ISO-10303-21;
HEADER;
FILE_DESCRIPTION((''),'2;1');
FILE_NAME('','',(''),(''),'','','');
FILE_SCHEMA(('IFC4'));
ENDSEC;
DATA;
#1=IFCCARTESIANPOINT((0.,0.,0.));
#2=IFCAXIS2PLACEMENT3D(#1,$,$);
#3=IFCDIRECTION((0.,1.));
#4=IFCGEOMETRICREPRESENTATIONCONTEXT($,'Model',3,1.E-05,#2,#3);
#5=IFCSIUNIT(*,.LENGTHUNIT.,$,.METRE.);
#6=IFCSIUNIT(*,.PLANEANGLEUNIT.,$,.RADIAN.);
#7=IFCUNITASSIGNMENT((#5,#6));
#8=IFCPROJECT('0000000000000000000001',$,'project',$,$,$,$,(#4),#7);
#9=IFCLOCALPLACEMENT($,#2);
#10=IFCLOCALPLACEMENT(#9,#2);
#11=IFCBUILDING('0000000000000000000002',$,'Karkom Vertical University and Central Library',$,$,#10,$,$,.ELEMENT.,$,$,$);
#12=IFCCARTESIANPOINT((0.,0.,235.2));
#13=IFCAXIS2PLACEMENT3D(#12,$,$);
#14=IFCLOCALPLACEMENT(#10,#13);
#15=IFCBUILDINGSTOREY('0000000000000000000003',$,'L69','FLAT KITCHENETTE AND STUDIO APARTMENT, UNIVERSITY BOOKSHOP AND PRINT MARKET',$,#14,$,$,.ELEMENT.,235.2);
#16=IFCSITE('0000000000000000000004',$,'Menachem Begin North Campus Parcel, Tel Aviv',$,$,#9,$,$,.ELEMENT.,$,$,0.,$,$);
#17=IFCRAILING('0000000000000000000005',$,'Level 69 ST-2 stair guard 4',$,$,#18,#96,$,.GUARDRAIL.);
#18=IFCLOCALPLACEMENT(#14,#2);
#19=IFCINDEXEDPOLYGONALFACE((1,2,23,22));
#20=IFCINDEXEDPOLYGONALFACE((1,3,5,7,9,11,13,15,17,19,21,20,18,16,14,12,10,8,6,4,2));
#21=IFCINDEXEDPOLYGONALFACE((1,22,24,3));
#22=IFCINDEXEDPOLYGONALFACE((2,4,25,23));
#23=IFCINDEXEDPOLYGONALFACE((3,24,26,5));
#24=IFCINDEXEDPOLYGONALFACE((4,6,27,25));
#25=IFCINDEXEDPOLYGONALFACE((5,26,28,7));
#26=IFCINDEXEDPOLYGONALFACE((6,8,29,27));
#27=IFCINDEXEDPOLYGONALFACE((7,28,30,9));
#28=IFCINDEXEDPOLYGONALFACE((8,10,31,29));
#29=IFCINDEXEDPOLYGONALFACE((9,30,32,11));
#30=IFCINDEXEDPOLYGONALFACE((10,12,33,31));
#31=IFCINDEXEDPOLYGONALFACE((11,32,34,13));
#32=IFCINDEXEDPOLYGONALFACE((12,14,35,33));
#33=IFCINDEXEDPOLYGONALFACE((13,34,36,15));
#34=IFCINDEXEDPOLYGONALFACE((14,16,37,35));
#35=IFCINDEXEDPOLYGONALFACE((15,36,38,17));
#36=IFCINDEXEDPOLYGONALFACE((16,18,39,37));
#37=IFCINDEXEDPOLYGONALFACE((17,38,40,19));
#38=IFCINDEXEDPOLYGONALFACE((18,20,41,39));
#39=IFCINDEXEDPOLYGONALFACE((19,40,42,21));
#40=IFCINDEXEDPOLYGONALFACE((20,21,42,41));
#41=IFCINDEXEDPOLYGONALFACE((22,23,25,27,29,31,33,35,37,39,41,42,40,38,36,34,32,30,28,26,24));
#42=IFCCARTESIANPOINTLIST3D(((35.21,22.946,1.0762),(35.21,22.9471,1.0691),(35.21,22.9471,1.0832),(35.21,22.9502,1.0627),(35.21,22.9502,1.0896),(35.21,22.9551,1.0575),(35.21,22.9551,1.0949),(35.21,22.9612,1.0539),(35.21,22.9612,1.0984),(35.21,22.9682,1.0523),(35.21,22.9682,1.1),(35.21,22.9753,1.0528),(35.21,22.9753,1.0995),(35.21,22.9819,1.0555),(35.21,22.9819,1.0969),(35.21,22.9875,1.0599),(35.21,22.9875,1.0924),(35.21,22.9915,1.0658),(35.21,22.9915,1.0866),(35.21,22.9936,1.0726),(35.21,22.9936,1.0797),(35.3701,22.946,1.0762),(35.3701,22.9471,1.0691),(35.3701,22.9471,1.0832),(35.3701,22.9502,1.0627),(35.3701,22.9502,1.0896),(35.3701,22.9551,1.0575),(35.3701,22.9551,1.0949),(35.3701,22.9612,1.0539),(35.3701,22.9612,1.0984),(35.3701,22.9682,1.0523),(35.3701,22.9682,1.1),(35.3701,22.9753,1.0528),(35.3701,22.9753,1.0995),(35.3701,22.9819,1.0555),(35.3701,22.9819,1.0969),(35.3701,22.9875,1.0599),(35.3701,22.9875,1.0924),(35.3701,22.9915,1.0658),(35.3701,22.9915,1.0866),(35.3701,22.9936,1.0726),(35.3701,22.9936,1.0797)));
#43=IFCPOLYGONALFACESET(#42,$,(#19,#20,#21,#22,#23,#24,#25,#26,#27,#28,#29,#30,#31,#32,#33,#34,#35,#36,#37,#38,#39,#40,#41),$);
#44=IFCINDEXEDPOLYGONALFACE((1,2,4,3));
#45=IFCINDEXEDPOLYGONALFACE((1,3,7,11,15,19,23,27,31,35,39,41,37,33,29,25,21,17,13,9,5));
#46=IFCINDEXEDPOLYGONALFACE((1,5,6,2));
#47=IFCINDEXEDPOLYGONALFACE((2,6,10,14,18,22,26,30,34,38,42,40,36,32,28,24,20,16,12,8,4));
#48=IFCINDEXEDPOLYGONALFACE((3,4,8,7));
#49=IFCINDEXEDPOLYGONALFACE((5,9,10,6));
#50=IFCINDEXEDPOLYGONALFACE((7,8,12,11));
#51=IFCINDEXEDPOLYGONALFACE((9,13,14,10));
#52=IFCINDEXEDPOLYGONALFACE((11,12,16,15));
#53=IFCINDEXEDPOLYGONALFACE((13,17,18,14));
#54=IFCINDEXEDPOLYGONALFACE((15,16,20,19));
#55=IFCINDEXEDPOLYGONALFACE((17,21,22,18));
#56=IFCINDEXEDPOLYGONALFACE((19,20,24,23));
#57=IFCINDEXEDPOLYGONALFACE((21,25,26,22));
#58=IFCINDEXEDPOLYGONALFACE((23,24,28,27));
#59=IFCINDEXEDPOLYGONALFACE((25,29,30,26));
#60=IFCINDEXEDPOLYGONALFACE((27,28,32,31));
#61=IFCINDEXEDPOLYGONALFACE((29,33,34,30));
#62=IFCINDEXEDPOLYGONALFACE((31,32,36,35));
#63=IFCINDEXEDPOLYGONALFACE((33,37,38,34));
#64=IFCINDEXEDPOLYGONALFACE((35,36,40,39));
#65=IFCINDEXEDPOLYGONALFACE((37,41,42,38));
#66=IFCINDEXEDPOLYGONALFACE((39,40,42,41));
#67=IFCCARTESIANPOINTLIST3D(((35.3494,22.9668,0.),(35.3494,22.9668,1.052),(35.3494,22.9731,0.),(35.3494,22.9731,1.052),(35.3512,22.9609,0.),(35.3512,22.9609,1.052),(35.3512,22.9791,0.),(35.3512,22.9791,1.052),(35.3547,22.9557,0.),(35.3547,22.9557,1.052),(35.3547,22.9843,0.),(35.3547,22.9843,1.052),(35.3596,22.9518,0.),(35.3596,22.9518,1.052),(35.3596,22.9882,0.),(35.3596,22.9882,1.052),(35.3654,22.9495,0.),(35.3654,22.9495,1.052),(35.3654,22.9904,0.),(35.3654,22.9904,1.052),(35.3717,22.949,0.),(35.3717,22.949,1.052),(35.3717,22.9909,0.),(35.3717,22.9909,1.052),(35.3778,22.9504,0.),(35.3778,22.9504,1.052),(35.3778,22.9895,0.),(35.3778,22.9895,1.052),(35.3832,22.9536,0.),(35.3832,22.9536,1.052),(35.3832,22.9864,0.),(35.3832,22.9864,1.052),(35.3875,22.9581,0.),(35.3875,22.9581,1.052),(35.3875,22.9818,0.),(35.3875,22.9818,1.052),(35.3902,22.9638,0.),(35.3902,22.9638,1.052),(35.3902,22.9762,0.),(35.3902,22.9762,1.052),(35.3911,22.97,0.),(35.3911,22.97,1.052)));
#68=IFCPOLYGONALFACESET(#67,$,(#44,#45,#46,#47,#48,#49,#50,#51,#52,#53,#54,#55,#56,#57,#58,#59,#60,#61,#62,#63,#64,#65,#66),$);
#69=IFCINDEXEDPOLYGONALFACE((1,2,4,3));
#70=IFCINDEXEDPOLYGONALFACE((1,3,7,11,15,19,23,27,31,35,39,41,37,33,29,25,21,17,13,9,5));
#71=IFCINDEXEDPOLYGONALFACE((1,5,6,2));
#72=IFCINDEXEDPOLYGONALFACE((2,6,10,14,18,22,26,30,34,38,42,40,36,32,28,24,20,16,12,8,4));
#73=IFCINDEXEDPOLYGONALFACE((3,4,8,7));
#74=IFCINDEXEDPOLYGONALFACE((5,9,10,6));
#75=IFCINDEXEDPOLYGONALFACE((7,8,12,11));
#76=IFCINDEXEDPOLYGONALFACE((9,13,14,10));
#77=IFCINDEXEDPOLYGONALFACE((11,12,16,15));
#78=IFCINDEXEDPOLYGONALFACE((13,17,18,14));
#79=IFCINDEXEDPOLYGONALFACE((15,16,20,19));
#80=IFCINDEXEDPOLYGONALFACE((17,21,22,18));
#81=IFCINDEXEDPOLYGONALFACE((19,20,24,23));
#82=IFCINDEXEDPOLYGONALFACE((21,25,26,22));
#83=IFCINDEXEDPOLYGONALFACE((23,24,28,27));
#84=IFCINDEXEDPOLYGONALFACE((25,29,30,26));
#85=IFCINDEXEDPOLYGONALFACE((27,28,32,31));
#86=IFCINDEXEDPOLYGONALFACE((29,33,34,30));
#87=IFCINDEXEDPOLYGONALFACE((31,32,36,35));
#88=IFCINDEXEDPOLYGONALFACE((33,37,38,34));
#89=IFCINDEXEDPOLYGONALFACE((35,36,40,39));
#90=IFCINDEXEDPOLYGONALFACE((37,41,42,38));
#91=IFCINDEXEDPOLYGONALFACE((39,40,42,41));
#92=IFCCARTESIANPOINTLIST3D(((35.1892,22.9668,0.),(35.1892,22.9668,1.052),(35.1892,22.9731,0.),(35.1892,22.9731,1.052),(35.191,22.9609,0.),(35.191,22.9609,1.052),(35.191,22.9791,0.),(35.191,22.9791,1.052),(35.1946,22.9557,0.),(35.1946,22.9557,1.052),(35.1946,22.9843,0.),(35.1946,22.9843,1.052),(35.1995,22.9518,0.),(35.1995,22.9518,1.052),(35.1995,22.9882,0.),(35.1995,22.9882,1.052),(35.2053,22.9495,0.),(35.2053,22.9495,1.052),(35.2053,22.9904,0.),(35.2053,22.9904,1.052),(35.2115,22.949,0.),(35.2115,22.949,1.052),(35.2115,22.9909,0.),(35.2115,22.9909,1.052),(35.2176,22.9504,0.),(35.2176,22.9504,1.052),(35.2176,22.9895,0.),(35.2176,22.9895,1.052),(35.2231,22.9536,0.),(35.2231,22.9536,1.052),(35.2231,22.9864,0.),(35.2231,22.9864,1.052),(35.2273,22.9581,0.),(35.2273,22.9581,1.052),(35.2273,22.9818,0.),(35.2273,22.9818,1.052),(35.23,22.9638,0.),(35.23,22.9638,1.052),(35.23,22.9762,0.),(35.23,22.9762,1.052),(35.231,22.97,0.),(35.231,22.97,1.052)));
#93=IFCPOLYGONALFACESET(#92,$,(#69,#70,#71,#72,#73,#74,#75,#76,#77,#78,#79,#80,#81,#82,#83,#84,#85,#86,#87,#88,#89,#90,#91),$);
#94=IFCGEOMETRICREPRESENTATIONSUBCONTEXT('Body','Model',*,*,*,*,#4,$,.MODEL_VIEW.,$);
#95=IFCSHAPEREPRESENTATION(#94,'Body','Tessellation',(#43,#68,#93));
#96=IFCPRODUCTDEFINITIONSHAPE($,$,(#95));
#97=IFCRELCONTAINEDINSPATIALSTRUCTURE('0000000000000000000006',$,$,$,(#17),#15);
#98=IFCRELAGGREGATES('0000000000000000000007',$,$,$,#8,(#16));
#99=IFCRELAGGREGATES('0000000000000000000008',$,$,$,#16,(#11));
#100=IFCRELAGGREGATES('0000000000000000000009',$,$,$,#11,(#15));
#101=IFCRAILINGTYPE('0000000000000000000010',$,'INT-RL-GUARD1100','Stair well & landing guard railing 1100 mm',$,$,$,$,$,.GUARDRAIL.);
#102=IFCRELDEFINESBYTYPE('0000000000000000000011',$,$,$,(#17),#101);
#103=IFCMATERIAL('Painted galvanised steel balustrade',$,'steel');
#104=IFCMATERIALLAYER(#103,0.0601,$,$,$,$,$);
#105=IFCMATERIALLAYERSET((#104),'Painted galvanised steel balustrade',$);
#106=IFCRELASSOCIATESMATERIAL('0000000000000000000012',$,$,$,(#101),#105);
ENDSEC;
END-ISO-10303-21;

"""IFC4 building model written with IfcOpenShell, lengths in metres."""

from ifc_helpers import new_model, si_unit, direction, frame, origin, origin_2d, place, context, subcontext, project, spatial, circle, extrude, material, layer, layer_set, type_object, element, save


model = new_model("IFC4")

# Units and contexts
model_context = context("Model", 3, precision=1e-05, world=origin(), true_north=direction((0.0, 1.0)))
body_context = subcontext(model_context, "Body", "Model", "MODEL_VIEW")
ifc_project = project(units=[si_unit("LENGTHUNIT", "METRE"), si_unit("PLANEANGLEUNIT", "RADIAN")], contexts=[model_context])

# Site, building, storey
site_placement = place(None, origin())
site = spatial("IfcSite", under=ifc_project, at=site_placement, Name="Menachem Begin North Campus Parcel, Tel Aviv", CompositionType="ELEMENT", RefElevation=0.0)
building_placement = place(site_placement, origin())
building = spatial("IfcBuilding", under=site, at=building_placement, Name="Karkom Vertical University and Central Library", CompositionType="ELEMENT")
storey_placement = place(building_placement, frame((0.0, 0.0, 235.2)))
storey = spatial("IfcBuildingStorey", under=building, at=storey_placement, Name="L69", Description="FLAT KITCHENETTE AND STUDIO APARTMENT, UNIVERSITY BOOKSHOP AND PRINT MARKET", CompositionType="ELEMENT", Elevation=235.2)

# Railing
ifc_material_1 = material(Name="Painted galvanised steel balustrade", Category="steel")
ifc_layer_1 = layer(ifc_material_1, 0.0601)
ifc_layer_set_1 = layer_set([ifc_layer_1], Name="Painted galvanised steel balustrade")
railing_type_1 = type_object("IfcRailingType", Name="INT-RL-GUARD1100", Description="Stair well & landing guard railing 1100 mm", PredefinedType="GUARDRAIL", material=ifc_layer_set_1)
railing_1_placement = place(storey_placement, frame((35.3701, 22.97, 0.0)))
element("IfcRailing", 1, at=railing_1_placement, inside=storey, type_object=railing_type_1, Name="Level 69 ST-2 stair guard 4", PredefinedType="GUARDRAIL", context=body_context, shape_type="SweptSolid", body=[
    extrude(circle(Radius=0.0239, at=origin_2d()), frame((0.0, 0.0, 1.0762), z_axis=(-1.0, 0.0, 0.0), x_axis=(0.0, -1.0, 0.0)), (0.0, 0.0, 1.0), 0.1602),
    extrude(circle(Radius=0.021, at=origin_2d()), origin(), (0.0, 0.0, 1.0), 1.052),
    extrude(circle(Radius=0.021, at=origin_2d()), frame((-0.1602, 0.0, 0.0)), (0.0, 0.0, 1.0), 1.052),
])

save(model, "model.ifc")
